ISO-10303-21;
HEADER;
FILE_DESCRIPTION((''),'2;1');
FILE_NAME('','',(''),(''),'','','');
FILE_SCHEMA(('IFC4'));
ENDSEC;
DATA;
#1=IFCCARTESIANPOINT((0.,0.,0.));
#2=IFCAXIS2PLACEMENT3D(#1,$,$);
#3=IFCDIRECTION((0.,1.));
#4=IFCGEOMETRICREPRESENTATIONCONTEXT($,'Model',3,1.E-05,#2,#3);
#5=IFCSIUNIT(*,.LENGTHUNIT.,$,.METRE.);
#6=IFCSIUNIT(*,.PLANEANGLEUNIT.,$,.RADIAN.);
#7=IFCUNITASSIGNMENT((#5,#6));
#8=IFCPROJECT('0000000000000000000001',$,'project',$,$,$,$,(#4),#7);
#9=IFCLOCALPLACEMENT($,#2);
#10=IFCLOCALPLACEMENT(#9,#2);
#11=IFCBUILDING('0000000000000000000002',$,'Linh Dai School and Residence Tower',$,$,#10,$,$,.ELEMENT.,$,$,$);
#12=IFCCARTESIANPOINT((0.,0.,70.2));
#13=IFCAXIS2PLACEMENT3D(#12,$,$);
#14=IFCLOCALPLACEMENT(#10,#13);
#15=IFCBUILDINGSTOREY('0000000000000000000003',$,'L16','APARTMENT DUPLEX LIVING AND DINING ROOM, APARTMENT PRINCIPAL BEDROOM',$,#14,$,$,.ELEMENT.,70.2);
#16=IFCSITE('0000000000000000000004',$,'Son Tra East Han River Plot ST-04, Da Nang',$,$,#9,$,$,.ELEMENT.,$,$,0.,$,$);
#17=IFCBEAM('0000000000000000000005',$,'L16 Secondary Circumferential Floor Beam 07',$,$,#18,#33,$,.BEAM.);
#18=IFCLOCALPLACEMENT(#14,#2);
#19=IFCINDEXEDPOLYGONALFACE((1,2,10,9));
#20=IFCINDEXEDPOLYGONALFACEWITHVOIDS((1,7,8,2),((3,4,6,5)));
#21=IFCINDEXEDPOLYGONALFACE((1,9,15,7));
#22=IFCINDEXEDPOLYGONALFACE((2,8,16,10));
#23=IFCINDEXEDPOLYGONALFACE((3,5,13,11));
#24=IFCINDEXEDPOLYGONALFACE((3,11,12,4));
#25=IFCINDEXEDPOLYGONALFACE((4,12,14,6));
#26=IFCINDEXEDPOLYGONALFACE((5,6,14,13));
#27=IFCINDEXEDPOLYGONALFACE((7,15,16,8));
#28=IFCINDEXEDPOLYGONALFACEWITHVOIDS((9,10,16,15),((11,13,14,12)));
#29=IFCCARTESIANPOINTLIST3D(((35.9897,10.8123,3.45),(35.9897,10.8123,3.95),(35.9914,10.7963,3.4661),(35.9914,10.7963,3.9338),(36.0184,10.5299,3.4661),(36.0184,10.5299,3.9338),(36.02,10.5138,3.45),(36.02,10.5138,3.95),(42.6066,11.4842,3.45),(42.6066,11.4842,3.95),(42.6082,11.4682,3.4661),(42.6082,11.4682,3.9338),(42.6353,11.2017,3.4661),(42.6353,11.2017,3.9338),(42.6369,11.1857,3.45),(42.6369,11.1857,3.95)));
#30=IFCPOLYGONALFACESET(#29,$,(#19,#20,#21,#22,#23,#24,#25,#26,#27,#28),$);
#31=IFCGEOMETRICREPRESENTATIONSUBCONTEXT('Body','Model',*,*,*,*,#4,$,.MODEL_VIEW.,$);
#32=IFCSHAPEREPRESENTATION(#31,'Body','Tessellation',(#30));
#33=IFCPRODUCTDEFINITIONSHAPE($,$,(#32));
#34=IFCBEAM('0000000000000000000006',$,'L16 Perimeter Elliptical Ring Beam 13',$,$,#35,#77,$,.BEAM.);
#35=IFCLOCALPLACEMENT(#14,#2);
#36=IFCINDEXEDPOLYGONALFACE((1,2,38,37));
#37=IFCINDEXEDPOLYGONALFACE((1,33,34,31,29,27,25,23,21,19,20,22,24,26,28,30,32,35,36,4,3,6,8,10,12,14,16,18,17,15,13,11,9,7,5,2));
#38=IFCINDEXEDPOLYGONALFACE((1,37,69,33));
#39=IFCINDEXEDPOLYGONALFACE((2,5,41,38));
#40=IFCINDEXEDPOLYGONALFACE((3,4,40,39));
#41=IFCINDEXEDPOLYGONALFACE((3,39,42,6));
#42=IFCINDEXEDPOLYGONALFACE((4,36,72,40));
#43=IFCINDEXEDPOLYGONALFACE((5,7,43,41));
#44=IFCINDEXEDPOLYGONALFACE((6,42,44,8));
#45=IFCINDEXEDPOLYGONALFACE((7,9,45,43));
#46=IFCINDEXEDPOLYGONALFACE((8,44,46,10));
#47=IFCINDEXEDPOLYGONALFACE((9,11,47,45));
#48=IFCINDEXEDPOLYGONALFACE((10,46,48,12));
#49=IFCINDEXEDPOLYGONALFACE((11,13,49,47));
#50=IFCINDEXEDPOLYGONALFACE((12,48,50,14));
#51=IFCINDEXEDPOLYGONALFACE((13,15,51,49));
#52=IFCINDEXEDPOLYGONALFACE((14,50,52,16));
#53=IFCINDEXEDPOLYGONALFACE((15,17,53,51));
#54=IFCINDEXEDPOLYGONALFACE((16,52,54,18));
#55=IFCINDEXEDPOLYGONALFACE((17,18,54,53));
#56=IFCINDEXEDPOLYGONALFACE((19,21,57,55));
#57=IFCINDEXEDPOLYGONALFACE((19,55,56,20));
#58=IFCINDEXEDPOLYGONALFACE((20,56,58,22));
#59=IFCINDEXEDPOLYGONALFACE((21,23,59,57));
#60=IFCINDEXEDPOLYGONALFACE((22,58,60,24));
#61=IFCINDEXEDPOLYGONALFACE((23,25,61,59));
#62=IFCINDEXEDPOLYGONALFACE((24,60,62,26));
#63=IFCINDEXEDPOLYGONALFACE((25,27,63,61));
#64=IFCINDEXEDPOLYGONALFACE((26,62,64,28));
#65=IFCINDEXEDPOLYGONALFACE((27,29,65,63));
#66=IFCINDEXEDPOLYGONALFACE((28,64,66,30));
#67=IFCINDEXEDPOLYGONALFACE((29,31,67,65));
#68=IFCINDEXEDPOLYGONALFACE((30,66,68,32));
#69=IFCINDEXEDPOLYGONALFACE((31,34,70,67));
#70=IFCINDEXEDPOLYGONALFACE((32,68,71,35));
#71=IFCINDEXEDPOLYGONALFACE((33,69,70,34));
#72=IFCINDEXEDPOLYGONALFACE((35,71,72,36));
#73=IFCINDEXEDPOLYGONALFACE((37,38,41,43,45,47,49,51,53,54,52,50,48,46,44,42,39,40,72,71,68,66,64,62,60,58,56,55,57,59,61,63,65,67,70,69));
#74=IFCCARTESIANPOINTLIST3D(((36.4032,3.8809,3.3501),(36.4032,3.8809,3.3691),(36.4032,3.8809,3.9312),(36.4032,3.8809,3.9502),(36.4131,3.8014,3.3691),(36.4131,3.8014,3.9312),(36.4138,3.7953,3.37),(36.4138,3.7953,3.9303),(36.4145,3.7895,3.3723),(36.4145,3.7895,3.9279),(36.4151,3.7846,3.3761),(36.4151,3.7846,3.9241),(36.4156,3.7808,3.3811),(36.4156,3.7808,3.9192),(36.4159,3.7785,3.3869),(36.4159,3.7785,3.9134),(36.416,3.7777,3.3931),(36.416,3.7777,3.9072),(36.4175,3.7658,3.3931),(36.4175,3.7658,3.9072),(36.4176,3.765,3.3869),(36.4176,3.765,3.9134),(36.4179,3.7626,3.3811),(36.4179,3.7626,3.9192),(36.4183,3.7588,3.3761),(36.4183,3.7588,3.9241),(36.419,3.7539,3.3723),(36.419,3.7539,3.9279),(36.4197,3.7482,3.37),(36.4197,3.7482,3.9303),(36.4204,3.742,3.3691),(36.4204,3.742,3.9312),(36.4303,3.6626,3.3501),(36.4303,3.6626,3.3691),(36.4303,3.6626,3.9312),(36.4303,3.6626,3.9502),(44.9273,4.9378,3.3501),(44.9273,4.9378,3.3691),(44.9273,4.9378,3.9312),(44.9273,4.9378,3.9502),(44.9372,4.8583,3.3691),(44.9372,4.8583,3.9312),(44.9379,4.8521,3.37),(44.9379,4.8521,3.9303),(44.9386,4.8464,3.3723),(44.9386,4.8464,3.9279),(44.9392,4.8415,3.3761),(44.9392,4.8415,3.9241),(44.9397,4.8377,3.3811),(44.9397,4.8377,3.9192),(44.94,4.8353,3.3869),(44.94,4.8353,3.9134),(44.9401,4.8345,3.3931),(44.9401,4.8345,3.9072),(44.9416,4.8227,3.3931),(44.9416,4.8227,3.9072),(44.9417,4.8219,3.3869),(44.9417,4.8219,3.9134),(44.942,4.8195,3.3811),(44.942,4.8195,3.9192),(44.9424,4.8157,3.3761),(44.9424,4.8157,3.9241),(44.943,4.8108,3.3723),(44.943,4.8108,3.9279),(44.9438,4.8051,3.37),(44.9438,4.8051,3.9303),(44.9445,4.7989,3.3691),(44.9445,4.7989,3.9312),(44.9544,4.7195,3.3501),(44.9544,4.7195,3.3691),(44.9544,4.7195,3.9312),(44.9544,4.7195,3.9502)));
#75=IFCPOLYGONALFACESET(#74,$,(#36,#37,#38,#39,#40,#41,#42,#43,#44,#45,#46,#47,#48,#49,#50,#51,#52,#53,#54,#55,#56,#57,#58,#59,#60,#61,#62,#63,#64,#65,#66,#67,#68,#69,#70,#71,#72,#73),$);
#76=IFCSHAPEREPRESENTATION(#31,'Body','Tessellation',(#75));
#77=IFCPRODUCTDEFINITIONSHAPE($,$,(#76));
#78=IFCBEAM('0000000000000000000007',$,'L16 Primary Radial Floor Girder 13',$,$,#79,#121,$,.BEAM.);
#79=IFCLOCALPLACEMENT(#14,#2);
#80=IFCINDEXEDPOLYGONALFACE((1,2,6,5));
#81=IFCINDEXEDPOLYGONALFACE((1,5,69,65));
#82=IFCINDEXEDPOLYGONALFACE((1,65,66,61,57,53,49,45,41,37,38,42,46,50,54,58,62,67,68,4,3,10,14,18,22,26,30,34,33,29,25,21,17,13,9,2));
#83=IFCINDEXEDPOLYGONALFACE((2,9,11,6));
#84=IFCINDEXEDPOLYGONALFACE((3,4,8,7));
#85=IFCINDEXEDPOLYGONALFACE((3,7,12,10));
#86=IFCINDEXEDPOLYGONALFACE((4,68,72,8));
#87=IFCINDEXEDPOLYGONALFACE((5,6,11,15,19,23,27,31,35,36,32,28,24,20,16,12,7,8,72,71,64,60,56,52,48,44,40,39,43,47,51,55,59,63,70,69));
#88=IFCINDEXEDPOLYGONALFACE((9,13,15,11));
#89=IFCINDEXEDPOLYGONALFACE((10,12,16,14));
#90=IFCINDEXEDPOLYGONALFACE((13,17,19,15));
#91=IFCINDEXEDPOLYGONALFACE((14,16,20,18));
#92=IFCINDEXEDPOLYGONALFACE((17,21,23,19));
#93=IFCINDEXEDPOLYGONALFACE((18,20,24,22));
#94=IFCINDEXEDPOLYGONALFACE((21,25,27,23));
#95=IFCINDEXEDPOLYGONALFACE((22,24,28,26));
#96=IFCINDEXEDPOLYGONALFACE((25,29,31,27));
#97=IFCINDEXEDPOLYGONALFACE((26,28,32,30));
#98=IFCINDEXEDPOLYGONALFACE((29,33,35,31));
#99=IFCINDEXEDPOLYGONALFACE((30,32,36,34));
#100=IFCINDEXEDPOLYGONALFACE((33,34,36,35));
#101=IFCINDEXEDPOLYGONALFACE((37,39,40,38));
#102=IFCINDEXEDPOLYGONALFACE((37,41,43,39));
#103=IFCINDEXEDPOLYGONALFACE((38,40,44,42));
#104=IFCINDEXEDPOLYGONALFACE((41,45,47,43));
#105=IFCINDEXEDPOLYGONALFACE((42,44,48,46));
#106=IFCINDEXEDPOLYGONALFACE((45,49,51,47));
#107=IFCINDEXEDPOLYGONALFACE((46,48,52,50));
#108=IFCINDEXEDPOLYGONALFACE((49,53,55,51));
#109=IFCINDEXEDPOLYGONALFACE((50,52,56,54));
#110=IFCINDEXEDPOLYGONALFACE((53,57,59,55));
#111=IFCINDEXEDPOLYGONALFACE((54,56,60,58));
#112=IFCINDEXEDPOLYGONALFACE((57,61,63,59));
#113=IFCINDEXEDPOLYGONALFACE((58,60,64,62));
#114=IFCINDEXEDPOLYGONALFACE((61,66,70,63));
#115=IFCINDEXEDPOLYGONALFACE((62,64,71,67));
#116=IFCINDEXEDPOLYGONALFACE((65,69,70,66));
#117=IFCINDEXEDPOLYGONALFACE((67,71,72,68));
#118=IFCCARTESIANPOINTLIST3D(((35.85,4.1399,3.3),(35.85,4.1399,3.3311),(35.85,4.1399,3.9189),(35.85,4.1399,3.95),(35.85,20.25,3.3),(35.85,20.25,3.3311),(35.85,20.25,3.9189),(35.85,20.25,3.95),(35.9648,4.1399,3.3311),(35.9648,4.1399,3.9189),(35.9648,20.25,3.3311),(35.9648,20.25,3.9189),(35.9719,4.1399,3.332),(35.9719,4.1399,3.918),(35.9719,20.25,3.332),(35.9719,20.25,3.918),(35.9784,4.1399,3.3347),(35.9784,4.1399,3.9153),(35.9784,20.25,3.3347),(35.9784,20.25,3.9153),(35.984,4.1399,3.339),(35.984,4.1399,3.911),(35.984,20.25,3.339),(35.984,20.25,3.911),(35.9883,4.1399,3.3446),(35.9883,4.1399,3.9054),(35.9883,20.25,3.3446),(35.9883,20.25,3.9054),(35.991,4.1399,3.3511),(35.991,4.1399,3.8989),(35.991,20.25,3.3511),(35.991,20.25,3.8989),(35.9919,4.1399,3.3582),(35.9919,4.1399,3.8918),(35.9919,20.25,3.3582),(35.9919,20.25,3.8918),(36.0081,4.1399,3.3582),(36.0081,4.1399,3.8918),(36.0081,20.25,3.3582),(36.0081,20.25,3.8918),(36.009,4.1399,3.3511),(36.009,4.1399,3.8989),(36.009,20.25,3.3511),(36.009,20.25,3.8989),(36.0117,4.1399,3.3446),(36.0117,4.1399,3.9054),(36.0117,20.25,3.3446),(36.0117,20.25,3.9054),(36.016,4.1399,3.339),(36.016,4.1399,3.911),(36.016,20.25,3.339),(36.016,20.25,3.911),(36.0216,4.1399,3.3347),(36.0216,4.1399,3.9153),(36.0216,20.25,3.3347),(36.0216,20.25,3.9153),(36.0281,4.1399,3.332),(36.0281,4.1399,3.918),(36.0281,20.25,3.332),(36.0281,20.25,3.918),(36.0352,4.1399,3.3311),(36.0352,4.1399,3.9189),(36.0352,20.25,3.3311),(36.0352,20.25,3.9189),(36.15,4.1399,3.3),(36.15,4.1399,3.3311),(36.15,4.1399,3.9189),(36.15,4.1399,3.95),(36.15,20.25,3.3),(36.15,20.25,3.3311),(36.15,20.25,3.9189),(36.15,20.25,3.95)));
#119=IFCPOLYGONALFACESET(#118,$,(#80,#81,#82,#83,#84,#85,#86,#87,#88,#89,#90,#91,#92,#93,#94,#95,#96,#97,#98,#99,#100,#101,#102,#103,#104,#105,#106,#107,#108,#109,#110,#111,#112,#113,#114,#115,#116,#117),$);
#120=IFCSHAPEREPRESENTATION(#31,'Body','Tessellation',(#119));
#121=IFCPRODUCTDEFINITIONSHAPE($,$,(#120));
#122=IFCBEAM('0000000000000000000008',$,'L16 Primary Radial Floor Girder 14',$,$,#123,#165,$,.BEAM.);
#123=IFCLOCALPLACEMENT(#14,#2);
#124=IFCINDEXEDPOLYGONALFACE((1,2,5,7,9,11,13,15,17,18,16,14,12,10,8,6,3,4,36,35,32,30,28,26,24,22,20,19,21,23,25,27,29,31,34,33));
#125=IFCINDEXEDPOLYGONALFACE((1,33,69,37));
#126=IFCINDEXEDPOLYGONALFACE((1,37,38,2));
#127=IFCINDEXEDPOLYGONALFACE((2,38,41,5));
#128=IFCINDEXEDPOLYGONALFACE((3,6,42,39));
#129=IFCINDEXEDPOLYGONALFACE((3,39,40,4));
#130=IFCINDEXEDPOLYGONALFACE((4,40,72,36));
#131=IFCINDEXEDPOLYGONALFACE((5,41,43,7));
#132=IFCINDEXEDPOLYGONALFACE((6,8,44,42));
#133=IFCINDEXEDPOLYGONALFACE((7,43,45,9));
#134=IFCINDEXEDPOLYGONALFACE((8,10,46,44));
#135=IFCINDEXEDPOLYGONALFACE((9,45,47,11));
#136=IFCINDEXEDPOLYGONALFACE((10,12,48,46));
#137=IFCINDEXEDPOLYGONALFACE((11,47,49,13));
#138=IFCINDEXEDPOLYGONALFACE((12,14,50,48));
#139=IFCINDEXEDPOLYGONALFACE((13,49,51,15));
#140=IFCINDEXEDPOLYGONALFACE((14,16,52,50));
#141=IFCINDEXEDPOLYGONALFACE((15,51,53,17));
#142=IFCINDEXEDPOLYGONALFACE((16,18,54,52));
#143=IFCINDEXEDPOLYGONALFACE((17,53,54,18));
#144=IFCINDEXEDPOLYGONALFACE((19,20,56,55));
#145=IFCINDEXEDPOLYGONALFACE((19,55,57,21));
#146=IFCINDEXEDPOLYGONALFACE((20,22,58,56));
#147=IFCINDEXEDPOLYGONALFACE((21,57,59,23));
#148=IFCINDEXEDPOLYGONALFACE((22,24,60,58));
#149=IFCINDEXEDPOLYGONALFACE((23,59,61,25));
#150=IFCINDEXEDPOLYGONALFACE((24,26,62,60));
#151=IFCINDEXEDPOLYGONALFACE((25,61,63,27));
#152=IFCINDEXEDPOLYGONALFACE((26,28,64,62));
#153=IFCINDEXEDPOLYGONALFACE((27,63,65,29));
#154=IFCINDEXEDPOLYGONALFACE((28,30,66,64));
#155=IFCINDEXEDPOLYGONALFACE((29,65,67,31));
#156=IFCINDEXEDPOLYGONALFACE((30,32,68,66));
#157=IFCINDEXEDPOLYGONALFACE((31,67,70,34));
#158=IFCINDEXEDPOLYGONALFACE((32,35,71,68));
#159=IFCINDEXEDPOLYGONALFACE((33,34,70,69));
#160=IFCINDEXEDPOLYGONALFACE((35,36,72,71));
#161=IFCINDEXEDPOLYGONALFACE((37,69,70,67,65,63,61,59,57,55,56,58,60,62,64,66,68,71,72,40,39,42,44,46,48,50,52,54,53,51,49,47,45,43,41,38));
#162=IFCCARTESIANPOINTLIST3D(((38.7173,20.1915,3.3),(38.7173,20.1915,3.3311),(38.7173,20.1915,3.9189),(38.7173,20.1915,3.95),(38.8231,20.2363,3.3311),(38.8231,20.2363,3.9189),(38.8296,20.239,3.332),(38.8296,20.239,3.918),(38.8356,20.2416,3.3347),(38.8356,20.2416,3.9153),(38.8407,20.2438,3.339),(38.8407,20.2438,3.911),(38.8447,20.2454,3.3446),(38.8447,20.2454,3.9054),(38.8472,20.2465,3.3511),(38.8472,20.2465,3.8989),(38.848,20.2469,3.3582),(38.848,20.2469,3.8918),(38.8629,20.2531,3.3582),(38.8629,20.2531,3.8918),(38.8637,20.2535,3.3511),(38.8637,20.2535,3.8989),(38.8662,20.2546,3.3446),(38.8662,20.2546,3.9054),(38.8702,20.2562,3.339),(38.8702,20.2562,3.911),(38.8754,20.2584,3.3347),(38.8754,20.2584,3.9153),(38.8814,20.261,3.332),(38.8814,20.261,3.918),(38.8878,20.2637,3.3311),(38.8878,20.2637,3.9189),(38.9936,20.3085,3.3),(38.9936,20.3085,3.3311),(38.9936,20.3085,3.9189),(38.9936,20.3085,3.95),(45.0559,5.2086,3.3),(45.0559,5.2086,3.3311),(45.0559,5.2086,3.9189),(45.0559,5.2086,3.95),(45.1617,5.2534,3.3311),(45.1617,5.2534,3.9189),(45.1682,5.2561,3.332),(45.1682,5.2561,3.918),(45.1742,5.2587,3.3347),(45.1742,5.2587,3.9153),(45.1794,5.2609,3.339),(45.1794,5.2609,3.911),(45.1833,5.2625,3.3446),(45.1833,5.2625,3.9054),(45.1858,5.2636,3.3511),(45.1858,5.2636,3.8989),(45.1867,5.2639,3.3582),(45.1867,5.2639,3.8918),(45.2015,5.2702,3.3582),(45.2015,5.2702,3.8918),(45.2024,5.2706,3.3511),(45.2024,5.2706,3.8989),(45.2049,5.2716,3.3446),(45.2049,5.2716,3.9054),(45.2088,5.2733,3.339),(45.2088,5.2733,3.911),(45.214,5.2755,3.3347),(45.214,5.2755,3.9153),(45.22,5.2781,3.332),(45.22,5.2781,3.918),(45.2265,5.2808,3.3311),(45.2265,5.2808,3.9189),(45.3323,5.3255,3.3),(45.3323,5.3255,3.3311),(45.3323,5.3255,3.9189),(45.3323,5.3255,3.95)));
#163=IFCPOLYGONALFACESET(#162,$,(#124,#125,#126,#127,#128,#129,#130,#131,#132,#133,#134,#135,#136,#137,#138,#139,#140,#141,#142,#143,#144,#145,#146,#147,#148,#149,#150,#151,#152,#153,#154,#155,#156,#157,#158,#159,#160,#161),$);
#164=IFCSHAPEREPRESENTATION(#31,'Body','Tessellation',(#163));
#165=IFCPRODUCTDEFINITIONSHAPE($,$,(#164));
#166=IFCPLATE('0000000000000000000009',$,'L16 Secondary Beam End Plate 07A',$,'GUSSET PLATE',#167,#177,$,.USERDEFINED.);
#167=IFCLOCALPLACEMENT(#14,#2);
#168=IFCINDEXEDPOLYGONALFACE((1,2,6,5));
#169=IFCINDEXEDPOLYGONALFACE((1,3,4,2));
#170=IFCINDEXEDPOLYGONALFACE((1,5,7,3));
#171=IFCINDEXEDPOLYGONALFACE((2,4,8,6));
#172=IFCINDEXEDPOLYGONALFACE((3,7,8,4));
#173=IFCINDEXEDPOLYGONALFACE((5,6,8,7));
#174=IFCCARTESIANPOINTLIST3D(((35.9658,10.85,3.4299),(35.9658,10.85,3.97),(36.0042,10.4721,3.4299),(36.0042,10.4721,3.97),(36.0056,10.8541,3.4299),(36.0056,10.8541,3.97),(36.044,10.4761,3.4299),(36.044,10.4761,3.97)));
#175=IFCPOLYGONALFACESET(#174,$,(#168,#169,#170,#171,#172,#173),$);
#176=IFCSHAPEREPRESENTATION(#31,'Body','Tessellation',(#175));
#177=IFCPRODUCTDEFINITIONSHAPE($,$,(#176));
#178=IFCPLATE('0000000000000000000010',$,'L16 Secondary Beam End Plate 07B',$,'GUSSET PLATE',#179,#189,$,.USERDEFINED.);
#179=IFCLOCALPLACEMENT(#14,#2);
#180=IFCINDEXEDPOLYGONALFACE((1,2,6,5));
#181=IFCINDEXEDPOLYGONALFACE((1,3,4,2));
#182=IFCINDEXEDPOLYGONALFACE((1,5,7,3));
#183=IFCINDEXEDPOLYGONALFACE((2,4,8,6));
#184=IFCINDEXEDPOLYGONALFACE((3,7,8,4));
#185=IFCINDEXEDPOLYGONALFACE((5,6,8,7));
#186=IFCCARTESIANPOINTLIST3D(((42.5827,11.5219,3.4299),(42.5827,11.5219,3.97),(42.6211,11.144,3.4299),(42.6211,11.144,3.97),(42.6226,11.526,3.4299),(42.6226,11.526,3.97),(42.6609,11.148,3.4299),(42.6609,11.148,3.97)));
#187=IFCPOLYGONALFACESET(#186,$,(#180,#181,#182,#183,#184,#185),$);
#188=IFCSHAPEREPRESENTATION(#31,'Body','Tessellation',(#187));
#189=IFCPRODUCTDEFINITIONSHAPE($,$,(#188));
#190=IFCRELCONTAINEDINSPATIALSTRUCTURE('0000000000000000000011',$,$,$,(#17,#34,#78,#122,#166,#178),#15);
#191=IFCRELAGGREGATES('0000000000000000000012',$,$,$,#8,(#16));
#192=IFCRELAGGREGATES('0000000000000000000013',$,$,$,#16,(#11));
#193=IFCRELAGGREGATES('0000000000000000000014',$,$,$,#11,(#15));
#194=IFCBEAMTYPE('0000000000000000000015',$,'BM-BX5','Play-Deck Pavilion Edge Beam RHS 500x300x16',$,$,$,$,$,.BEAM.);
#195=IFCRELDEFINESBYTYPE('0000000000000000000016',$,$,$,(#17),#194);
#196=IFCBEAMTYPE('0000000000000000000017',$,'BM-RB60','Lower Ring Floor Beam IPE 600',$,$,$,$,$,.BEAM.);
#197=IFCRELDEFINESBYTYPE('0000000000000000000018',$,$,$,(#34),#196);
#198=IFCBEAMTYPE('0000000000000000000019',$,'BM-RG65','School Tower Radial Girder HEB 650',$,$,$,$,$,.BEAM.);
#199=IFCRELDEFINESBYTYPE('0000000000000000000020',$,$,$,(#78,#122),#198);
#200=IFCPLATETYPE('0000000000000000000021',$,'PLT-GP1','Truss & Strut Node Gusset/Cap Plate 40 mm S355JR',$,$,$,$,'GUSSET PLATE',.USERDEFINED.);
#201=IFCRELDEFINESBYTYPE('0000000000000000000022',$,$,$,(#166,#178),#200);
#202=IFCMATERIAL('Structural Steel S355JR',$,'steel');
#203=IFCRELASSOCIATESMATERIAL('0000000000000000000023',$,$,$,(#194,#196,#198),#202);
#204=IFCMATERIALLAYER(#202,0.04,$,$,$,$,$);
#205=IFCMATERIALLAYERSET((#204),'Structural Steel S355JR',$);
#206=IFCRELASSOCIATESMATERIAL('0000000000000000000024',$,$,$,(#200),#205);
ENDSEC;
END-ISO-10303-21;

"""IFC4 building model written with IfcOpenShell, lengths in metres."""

from ifc_helpers import new_model, si_unit, direction, frame, origin, origin_2d, place, context, subcontext, project, spatial, rectangle, hollow_rectangle, i_section, extrude, source, transform, mapped, material, layer, layer_set, material_profile, profile_set, type_object, element, save


model = new_model("IFC4")

# Units and contexts
model_context = context("Model", 3, precision=1e-05, world=origin(), true_north=direction((0.0, 1.0)))
body_context = subcontext(model_context, "Body", "Model", "MODEL_VIEW")
ifc_project = project(units=[si_unit("LENGTHUNIT", "METRE"), si_unit("PLANEANGLEUNIT", "RADIAN")], contexts=[model_context])

# Site, building, storey
site_placement = place(None, origin())
site = spatial("IfcSite", under=ifc_project, at=site_placement, Name="Son Tra East Han River Plot ST-04, Da Nang", CompositionType="ELEMENT", RefElevation=0.0)
building_placement = place(site_placement, origin())
building = spatial("IfcBuilding", under=site, at=building_placement, Name="Linh Dai School and Residence Tower", CompositionType="ELEMENT")
storey_placement = place(building_placement, frame((0.0, 0.0, 70.2)))
storey = spatial("IfcBuildingStorey", under=building, at=storey_placement, Name="L16", Description="APARTMENT DUPLEX LIVING AND DINING ROOM, APARTMENT PRINCIPAL BEDROOM", CompositionType="ELEMENT", Elevation=70.2)

# Beams
ifc_material_1 = material(Name="Structural Steel S355JR", Category="steel")
ifc_material_profile_1 = material_profile(ifc_material_1, hollow_rectangle(XDim=0.3, YDim=0.5, WallThickness=0.0161, at=origin_2d()), Name="RHS 500x300x16")
ifc_profile_set_1 = profile_set([ifc_material_profile_1], Name="Structural Steel S355JR")
beam_type_1 = type_object("IfcBeamType", Name="BM-BX5", Description="Play-Deck Pavilion Edge Beam RHS 500x300x16", PredefinedType="BEAM", material=ifc_profile_set_1)
beam_1_placement = place(storey_placement, frame((36.0049, 10.6631, 3.7), z_axis=(0.994884, 0.101019, 0.0), x_axis=(-0.101019, 0.994884, 0.0)))
element("IfcBeam", 1, at=beam_1_placement, inside=storey, type_object=beam_type_1, Name="L16 Secondary Circumferential Floor Beam 07", PredefinedType="BEAM", context=body_context, shape_type="SweptSolid", body=[
    extrude(hollow_rectangle(XDim=0.3, YDim=0.5, WallThickness=0.0161, at=origin_2d()), origin(), (0.0, 0.0, 1.0), 6.6509),
])
ifc_material_profile_2 = material_profile(ifc_material_1, i_section(OverallWidth=0.22, OverallDepth=0.6001, WebThickness=0.012, FlangeThickness=0.019, FilletRadius=0.0239, at=origin_2d()), Name="IPE 600")
ifc_profile_set_2 = profile_set([ifc_material_profile_2], Name="Structural Steel S355JR")
beam_type_2 = type_object("IfcBeamType", Name="BM-RB60", Description="Lower Ring Floor Beam IPE 600", PredefinedType="BEAM", material=ifc_profile_set_2)
beam_2_placement = place(storey_placement, frame((36.4167, 3.7717, 3.6501), z_axis=(0.992401, 0.123045, 0.0), x_axis=(-0.123045, 0.992401, 0.0)))
element("IfcBeam", 2, at=beam_2_placement, inside=storey, type_object=beam_type_2, Name="L16 Perimeter Elliptical Ring Beam 13", PredefinedType="BEAM", context=body_context, shape_type="SweptSolid", body=[
    extrude(i_section(OverallWidth=0.22, OverallDepth=0.6001, WebThickness=0.012, FlangeThickness=0.019, FilletRadius=0.0239, at=origin_2d()), origin(), (0.0, 0.0, 1.0), 8.5894),
])
ifc_material_profile_3 = material_profile(ifc_material_1, i_section(OverallWidth=0.3, OverallDepth=0.6499, WebThickness=0.0161, FlangeThickness=0.031, FilletRadius=0.0271, at=origin_2d()), Name="HEB 650")
ifc_profile_set_3 = profile_set([ifc_material_profile_3], Name="Structural Steel S355JR")
beam_type_3 = type_object("IfcBeamType", Name="BM-RG65", Description="School Tower Radial Girder HEB 650", PredefinedType="BEAM", material=ifc_profile_set_3)
beam_3_placement = place(storey_placement, frame((36.0, 20.25, 3.625), z_axis=(0.0, -1.0, 0.0), x_axis=(1.0, 0.0, 0.0)))
element("IfcBeam", 3, at=beam_3_placement, inside=storey, type_object=beam_type_3, Name="L16 Primary Radial Floor Girder 13", PredefinedType="BEAM", context=body_context, shape_type="SweptSolid", body=[
    extrude(i_section(OverallWidth=0.3, OverallDepth=0.6499, WebThickness=0.0161, FlangeThickness=0.031, FilletRadius=0.0271, at=origin_2d()), origin(), (0.0, 0.0, 1.0), 16.1101),
])
beam_4_placement = place(storey_placement, frame((38.8555, 20.25, 3.625), z_axis=(0.389624, -0.920974, 0.0), x_axis=(0.920974, 0.389624, 0.0)))
element("IfcBeam", 4, at=beam_4_placement, inside=storey, type_object=beam_type_3, Name="L16 Primary Radial Floor Girder 14", PredefinedType="BEAM", context=body_context, shape_type="SweptSolid", body=[
    extrude(i_section(OverallWidth=0.3, OverallDepth=0.6499, WebThickness=0.0161, FlangeThickness=0.031, FilletRadius=0.0271, at=origin_2d()), origin(), (0.0, 0.0, 1.0), 16.2686),
])

# Plates
ifc_layer_1 = layer(ifc_material_1, 0.04)
ifc_layer_set_1 = layer_set([ifc_layer_1], Name="Structural Steel S355JR")
plate_type = type_object("IfcPlateType", Name="PLT-GP1", Description="Truss & Strut Node Gusset/Cap Plate 40 mm S355JR", ElementType="GUSSET PLATE", PredefinedType="USERDEFINED", material=ifc_layer_set_1)
shared_shape_1 = source(origin(), body_context, "Body", "SweptSolid", [
    extrude(rectangle(XDim=0.04, YDim=0.3799, at=origin_2d()), origin(), (0.0, 0.0, 1.0), 0.54),
])
for number, where, z_axis, x_axis, name in (
    (5, (36.0049, 10.6631, 3.4299), (0.0, 0.0, 1.0), (0.994884, 0.101023, 0.0), "L16 Secondary Beam End Plate 07A"),
    (6, (42.6218, 11.335, 3.4299), (0.0, 0.0, 1.0), (0.994884, 0.101023, 0.0), "L16 Secondary Beam End Plate 07B"),
):
    element("IfcPlate", number, at=place(storey_placement, frame(where, z_axis=z_axis, x_axis=x_axis)), inside=storey, type_object=plate_type, Name=name, ObjectType="GUSSET PLATE", PredefinedType="USERDEFINED", context=body_context, shape_type="MappedRepresentation", body=[
        mapped(shared_shape_1, transform((0.0, 0.0, 0.0), x_axis=(1.0, 0.0, 0.0), y_axis=(0.0, 1.0, 0.0), z_axis=(0.0, 0.0, 1.0), scale=1.0)),
    ])

save(model, "model.ifc")
